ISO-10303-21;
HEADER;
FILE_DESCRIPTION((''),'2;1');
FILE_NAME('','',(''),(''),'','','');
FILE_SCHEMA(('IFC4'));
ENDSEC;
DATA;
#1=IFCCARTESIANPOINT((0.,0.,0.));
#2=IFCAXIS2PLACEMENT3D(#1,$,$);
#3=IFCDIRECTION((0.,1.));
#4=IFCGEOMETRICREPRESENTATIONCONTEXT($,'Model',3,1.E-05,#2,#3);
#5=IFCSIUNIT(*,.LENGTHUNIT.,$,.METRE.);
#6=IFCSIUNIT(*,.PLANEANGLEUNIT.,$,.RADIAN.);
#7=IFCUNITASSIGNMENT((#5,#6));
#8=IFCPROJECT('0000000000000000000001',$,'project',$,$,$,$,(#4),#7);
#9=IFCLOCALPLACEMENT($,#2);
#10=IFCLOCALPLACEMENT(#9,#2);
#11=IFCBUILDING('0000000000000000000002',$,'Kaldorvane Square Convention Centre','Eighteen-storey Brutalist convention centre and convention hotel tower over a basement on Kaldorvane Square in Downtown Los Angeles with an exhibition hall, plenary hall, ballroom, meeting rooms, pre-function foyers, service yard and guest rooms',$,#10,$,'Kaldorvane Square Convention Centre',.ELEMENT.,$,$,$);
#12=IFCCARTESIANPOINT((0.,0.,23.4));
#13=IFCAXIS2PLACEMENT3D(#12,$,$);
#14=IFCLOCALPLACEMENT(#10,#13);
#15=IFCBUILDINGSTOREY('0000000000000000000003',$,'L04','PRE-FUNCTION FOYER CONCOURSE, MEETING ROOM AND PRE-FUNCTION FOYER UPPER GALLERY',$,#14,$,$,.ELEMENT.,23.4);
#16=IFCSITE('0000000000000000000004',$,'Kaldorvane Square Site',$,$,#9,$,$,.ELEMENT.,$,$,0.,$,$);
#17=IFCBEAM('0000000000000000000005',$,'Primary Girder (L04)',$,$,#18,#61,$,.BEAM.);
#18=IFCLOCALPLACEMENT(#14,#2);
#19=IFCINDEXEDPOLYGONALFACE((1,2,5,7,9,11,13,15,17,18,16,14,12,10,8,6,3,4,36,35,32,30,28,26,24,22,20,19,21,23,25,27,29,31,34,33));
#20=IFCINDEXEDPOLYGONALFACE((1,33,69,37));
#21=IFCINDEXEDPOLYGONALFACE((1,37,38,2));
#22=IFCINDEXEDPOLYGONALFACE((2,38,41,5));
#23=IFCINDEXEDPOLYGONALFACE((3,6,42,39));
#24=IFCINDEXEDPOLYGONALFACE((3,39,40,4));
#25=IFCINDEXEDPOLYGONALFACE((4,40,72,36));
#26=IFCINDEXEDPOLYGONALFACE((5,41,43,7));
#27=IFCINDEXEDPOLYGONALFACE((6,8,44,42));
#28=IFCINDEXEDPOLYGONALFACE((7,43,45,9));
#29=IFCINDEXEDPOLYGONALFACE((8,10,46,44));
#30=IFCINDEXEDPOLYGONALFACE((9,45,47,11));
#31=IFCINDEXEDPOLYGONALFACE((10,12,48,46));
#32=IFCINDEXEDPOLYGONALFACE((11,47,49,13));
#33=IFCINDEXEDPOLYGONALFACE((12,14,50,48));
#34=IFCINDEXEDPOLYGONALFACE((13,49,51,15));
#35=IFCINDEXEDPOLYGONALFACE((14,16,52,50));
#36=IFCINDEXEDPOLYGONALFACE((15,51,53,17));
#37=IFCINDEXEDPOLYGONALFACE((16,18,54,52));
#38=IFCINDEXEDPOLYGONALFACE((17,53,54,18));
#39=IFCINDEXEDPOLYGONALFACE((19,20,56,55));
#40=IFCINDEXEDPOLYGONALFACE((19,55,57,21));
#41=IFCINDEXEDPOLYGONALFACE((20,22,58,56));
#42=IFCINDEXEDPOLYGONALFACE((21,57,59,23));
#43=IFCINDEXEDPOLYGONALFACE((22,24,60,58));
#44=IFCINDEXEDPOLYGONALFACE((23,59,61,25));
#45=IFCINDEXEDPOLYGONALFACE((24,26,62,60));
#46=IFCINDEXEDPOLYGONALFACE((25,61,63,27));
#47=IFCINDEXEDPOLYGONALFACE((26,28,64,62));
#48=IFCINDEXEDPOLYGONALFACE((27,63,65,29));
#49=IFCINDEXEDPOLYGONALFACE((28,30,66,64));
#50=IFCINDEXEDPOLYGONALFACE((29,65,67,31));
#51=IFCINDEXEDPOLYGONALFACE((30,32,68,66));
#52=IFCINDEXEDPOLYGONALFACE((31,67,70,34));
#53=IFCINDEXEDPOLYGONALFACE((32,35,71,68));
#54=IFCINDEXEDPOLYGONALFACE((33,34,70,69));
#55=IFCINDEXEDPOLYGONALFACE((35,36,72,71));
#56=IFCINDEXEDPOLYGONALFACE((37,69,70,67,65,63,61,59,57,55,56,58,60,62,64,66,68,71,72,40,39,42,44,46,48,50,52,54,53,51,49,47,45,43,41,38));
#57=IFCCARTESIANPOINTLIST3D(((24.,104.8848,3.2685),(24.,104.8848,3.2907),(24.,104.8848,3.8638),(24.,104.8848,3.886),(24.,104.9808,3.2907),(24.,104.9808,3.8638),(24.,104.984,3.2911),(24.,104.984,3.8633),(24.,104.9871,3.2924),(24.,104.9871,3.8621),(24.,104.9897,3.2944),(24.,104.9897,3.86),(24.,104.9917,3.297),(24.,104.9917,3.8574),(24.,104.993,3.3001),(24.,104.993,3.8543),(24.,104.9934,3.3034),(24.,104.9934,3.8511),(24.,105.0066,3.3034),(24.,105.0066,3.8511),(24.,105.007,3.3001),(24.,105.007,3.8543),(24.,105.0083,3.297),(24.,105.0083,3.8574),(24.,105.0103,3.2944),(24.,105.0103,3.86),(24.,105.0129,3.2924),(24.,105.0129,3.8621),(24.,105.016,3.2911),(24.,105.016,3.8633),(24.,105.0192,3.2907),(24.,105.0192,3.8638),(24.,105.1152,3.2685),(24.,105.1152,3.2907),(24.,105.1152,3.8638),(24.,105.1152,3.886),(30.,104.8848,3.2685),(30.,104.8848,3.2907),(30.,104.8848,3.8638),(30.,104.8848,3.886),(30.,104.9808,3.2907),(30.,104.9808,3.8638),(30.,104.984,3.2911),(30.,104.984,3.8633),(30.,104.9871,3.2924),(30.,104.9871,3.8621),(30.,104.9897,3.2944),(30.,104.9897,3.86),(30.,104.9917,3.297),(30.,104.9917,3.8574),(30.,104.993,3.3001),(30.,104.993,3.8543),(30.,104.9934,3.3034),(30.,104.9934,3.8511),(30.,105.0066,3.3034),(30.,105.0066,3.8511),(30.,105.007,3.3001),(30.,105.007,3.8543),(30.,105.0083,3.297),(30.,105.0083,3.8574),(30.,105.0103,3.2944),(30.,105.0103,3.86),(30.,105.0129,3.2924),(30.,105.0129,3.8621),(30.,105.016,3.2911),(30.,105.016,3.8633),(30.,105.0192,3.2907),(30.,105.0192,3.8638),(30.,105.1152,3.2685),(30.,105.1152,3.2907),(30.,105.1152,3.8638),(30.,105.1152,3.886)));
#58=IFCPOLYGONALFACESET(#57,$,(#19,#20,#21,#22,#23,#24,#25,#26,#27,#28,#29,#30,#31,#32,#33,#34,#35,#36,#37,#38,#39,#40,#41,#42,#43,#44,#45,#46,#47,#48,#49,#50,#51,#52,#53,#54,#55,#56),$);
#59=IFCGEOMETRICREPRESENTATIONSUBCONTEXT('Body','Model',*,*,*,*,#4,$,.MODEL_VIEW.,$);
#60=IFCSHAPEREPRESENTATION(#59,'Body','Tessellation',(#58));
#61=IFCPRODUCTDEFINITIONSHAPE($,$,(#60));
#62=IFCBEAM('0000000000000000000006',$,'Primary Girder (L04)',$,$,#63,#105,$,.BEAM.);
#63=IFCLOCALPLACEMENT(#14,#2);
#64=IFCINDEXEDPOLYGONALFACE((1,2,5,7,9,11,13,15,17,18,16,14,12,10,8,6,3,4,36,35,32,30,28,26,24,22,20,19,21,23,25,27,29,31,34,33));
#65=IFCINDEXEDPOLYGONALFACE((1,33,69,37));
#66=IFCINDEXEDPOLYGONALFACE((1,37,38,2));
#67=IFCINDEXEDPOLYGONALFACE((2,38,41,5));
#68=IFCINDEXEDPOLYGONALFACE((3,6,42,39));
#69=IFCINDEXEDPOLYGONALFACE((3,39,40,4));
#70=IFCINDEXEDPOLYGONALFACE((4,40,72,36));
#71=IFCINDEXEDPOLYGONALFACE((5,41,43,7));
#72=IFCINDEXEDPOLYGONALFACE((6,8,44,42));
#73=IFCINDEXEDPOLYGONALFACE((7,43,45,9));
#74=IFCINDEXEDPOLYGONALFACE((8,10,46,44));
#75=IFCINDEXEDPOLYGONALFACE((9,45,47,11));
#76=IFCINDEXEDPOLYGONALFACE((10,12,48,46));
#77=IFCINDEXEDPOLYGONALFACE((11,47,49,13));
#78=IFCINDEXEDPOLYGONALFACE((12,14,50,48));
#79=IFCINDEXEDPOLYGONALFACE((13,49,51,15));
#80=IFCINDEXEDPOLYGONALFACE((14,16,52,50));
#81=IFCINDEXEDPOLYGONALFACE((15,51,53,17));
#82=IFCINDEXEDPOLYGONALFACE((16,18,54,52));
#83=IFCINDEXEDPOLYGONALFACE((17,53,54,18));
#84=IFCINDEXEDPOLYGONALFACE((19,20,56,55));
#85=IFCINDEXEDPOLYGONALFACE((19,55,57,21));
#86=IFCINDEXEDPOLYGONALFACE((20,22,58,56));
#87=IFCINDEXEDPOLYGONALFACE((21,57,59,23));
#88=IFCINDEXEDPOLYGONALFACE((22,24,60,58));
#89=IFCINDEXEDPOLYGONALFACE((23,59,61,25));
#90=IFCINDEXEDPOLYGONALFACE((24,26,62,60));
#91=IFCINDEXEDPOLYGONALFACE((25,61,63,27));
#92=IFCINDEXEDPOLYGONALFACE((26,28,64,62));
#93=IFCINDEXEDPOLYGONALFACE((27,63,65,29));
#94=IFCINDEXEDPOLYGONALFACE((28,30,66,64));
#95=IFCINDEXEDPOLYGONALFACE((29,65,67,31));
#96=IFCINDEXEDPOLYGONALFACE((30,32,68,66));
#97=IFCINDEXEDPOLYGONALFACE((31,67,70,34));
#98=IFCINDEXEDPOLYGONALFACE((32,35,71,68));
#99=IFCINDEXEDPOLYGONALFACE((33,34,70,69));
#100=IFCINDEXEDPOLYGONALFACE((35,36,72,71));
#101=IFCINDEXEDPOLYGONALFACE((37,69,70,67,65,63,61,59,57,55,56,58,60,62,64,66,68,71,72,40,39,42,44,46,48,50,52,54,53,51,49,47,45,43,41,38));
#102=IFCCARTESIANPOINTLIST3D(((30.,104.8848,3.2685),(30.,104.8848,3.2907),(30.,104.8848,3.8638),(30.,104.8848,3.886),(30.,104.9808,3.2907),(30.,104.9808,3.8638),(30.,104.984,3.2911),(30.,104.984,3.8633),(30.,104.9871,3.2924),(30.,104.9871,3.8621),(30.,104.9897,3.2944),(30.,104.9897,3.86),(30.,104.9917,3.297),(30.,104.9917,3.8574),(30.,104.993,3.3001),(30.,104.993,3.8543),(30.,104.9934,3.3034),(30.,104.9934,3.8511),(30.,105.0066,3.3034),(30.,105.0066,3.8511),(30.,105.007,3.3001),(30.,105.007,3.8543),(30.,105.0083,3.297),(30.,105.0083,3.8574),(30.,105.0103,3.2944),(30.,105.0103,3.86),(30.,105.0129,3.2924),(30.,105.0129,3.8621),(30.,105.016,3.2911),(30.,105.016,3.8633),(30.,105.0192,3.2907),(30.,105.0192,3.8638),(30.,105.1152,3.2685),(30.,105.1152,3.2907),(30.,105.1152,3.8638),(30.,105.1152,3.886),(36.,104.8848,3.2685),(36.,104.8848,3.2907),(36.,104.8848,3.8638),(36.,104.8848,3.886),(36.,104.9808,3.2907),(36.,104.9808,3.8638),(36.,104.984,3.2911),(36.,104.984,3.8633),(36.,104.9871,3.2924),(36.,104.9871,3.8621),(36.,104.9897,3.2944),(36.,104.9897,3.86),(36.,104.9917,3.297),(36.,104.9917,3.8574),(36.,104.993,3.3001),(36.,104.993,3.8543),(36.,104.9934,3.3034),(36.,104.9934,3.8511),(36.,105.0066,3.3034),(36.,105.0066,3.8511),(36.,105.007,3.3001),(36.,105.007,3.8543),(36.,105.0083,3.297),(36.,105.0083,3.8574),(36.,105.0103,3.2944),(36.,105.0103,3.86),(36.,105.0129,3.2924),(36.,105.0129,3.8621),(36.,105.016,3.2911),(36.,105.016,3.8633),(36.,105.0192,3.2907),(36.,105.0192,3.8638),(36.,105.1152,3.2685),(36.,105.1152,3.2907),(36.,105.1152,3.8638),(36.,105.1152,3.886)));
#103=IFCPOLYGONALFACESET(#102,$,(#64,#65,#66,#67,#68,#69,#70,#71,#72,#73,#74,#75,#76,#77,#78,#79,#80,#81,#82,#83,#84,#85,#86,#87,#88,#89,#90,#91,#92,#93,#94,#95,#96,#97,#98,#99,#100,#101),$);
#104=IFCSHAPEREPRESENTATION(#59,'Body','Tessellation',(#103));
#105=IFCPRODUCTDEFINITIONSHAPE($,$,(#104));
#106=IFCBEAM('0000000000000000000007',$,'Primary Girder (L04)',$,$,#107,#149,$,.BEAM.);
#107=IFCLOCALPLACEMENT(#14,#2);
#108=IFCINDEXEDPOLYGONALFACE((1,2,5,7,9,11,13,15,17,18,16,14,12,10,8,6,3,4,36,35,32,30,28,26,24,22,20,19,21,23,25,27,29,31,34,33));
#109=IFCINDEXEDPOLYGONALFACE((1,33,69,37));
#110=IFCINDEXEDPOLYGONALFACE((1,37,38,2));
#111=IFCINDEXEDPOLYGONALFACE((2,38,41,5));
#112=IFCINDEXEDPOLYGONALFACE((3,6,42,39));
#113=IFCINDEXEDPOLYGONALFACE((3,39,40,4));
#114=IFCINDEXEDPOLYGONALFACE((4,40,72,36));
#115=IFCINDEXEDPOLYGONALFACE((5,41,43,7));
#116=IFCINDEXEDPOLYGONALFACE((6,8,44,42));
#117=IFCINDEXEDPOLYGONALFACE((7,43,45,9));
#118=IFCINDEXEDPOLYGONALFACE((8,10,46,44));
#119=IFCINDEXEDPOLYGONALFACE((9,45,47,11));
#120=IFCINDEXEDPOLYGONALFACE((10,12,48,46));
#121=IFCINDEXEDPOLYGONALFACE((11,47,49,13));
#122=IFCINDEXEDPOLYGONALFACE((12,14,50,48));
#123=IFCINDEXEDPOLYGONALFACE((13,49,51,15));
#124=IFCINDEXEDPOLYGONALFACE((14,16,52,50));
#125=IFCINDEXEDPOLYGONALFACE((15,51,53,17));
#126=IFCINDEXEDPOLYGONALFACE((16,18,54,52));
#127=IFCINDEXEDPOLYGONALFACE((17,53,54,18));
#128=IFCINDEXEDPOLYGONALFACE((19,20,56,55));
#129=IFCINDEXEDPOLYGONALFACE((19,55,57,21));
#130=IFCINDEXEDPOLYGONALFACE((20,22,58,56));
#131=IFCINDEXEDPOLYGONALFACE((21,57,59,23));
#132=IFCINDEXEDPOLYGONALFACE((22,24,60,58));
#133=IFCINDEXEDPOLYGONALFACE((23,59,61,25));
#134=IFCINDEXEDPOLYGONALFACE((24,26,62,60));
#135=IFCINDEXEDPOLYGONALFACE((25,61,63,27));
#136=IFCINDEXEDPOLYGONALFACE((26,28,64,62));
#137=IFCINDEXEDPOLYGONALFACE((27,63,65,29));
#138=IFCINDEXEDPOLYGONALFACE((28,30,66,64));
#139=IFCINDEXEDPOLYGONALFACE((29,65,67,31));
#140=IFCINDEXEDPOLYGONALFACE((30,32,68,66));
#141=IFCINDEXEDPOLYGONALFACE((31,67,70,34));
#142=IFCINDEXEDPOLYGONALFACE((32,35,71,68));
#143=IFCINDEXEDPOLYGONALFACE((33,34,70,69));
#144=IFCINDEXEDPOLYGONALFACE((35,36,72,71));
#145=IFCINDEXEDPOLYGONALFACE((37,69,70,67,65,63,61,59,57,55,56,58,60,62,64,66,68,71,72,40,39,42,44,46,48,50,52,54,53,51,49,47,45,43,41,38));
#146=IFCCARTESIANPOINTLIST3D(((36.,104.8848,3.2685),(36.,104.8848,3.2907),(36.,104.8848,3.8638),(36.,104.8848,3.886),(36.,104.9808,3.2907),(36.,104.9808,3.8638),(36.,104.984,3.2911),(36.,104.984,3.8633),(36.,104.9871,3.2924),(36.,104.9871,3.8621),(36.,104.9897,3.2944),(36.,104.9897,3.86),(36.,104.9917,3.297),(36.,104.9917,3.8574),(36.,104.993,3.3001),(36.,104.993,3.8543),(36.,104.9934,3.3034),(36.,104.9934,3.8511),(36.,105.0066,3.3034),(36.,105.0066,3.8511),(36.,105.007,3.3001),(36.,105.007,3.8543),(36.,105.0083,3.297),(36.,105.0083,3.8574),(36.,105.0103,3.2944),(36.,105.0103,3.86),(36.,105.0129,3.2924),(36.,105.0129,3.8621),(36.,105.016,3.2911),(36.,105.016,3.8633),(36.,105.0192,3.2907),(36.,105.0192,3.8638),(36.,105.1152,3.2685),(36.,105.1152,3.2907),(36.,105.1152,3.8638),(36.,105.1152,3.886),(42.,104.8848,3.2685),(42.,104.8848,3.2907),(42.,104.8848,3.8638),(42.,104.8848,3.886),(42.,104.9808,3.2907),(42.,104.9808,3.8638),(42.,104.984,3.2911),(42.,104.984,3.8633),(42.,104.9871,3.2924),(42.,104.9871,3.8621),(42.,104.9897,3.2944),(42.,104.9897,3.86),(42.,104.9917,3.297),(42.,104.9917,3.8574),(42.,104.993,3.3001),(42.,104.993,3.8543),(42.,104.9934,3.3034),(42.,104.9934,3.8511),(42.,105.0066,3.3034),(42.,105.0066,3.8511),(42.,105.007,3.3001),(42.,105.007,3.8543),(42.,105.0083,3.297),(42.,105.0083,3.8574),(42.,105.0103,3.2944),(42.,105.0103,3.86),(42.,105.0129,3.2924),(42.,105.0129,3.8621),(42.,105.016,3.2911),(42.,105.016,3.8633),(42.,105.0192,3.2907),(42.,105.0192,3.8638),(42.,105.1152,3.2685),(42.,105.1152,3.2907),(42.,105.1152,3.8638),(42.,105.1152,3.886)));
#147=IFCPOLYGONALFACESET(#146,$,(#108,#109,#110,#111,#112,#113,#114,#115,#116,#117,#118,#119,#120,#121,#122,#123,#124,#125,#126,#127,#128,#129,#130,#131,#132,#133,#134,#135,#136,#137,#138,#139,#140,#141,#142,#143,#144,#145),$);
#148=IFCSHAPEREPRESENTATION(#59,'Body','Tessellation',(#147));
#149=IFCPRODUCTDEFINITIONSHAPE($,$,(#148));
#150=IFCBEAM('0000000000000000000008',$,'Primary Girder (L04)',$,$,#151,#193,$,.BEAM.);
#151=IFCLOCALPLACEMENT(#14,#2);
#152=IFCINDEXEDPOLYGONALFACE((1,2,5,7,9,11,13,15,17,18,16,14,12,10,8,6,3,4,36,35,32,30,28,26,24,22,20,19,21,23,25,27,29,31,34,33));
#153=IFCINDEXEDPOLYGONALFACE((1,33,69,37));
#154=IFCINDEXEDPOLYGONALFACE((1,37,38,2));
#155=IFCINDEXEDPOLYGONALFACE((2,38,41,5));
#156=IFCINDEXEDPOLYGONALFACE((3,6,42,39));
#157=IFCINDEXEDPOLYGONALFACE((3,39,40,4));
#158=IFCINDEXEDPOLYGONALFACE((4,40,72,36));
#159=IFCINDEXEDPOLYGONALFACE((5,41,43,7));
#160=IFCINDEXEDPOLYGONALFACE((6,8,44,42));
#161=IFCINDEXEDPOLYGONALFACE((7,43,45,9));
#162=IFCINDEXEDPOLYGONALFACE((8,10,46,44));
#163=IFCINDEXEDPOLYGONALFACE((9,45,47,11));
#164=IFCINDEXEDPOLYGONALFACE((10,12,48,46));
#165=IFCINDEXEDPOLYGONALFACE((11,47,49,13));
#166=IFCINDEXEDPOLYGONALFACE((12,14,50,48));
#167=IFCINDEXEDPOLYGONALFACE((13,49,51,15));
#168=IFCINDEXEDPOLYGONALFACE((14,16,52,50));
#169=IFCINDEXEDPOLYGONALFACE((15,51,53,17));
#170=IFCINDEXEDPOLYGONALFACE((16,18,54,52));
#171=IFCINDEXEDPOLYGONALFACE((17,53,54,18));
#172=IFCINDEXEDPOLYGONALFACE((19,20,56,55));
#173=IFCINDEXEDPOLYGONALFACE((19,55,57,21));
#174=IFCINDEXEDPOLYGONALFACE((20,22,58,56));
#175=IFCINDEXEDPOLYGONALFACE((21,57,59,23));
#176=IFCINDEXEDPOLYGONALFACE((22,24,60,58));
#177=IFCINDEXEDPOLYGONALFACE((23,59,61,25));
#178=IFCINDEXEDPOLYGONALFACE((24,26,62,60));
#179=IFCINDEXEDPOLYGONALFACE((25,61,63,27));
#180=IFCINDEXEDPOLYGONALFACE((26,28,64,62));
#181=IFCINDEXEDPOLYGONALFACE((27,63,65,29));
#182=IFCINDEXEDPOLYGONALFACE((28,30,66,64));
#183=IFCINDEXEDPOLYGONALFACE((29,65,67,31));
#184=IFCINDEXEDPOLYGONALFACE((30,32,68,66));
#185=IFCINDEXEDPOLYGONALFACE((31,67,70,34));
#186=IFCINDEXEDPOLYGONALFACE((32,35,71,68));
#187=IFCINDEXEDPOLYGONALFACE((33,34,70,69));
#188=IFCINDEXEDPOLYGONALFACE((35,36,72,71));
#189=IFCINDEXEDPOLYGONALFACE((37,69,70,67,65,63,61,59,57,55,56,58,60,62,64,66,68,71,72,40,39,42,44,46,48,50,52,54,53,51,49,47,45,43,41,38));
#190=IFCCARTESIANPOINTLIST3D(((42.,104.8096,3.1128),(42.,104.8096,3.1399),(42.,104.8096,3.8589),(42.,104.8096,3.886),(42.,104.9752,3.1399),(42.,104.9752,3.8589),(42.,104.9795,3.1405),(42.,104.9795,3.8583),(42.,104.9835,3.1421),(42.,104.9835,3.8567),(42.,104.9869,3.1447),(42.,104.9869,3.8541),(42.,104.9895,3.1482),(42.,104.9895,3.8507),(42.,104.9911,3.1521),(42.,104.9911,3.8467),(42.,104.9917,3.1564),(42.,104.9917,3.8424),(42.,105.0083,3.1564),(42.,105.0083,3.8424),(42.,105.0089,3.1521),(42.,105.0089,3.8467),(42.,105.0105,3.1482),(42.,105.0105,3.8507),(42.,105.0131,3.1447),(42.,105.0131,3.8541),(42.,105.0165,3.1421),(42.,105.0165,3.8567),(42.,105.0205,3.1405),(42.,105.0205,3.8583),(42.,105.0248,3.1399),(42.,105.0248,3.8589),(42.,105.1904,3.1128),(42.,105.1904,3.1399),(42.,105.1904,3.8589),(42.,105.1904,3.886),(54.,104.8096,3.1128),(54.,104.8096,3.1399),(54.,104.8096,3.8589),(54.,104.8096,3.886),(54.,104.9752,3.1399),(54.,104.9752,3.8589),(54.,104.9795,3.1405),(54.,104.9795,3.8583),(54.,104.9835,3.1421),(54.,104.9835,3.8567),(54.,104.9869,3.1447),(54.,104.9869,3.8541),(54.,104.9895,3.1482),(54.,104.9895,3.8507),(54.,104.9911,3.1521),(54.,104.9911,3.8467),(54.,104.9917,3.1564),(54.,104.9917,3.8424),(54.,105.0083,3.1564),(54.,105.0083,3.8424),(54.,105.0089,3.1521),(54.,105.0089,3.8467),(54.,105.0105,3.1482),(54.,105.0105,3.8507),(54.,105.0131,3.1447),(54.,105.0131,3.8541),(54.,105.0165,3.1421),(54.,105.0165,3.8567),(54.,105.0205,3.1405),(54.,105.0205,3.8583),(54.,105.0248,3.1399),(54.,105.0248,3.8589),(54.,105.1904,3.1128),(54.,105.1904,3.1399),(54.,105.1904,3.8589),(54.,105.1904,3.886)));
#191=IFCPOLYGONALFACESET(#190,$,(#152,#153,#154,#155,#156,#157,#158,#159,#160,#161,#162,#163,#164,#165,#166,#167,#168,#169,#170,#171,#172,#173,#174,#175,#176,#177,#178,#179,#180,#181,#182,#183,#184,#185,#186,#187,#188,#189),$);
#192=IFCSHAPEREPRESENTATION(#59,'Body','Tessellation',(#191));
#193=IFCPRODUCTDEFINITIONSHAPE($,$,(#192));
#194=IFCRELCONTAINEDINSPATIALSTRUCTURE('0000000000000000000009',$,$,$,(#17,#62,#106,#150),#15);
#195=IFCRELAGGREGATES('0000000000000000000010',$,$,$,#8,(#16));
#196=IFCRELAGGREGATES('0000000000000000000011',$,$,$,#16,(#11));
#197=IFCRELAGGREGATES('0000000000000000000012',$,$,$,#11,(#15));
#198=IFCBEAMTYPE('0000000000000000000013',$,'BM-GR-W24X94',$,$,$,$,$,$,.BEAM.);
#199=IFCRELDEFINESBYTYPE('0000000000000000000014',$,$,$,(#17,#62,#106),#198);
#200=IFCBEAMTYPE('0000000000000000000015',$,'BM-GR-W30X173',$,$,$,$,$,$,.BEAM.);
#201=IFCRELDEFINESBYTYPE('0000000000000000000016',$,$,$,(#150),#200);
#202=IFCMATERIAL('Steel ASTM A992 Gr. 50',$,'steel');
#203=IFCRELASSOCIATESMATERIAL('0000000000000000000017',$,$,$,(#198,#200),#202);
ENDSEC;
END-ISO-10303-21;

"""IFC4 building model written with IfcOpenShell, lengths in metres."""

from ifc_helpers import new_model, si_unit, direction, frame, origin, origin_2d, place, context, subcontext, project, spatial, i_section, extrude, material, material_profile, profile_set, type_object, element, save


model = new_model("IFC4")

# Units and contexts
model_context = context("Model", 3, precision=1e-05, world=origin(), true_north=direction((0.0, 1.0)))
body_context = subcontext(model_context, "Body", "Model", "MODEL_VIEW")
ifc_project = project(units=[si_unit("LENGTHUNIT", "METRE"), si_unit("PLANEANGLEUNIT", "RADIAN")], contexts=[model_context])

# Site, building, storey
site_placement = place(None, origin())
site = spatial("IfcSite", under=ifc_project, at=site_placement, Name="Kaldorvane Square Site", CompositionType="ELEMENT", RefElevation=0.0)
building_placement = place(site_placement, origin())
building = spatial("IfcBuilding", under=site, at=building_placement, Name="Kaldorvane Square Convention Centre", Description="Eighteen-storey Brutalist convention centre and convention hotel tower over a basement on Kaldorvane Square in Downtown Los Angeles with an exhibition hall, plenary hall, ballroom, meeting rooms, pre-function foyers, service yard and guest rooms", LongName="Kaldorvane Square Convention Centre", CompositionType="ELEMENT")
storey_placement = place(building_placement, frame((0.0, 0.0, 23.4)))
storey = spatial("IfcBuildingStorey", under=building, at=storey_placement, Name="L04", Description="PRE-FUNCTION FOYER CONCOURSE, MEETING ROOM AND PRE-FUNCTION FOYER UPPER GALLERY", CompositionType="ELEMENT", Elevation=23.4)

# Shared definitions
ifc_material_1 = material(Name="Steel ASTM A992 Gr. 50", Category="steel")

# Beams
ifc_material_profile_1 = material_profile(ifc_material_1, i_section(OverallWidth=0.2303, OverallDepth=0.6175, WebThickness=0.0131, FlangeThickness=0.0222, FilletRadius=0.0127, at=origin_2d()), Name="W24X94")
ifc_profile_set_1 = profile_set([ifc_material_profile_1], Name="Steel ASTM A992 Gr. 50")
beam_type_1 = type_object("IfcBeamType", Name="BM-GR-W24X94", PredefinedType="BEAM", material=ifc_profile_set_1)
for number, where, z_axis, x_axis, name in (
    (1, (24.0, 105.0, 3.5772), (1.0, 0.0, 0.0), (0.0, 1.0, 0.0), "Primary Girder (L04)"),
    (2, (30.0, 105.0, 3.5772), (1.0, 0.0, 0.0), (0.0, 1.0, 0.0), "Primary Girder (L04)"),
    (3, (36.0, 105.0, 3.5772), (1.0, 0.0, 0.0), (0.0, 1.0, 0.0), "Primary Girder (L04)"),
):
    element("IfcBeam", number, at=place(storey_placement, frame(where, z_axis=z_axis, x_axis=x_axis)), inside=storey, type_object=beam_type_1, Name=name, PredefinedType="BEAM", context=body_context, shape_type="SweptSolid", body=[
        extrude(i_section(OverallWidth=0.2303, OverallDepth=0.6175, WebThickness=0.0131, FlangeThickness=0.0222, FilletRadius=0.0127, at=origin_2d()), origin(), (0.0, 0.0, 1.0), 6.0),
    ])
ifc_material_profile_2 = material_profile(ifc_material_1, i_section(OverallWidth=0.3807, OverallDepth=0.7732, WebThickness=0.0166, FlangeThickness=0.0271, FilletRadius=0.0165, at=origin_2d()), Name="W30X173")
ifc_profile_set_2 = profile_set([ifc_material_profile_2], Name="Steel ASTM A992 Gr. 50")
beam_type_2 = type_object("IfcBeamType", Name="BM-GR-W30X173", PredefinedType="BEAM", material=ifc_profile_set_2)
beam_1_placement = place(storey_placement, frame((42.0, 105.0, 3.4994), z_axis=(1.0, 0.0, 0.0), x_axis=(0.0, 1.0, 0.0)))
element("IfcBeam", 4, at=beam_1_placement, inside=storey, type_object=beam_type_2, Name="Primary Girder (L04)", PredefinedType="BEAM", context=body_context, shape_type="SweptSolid", body=[
    extrude(i_section(OverallWidth=0.3807, OverallDepth=0.7732, WebThickness=0.0166, FlangeThickness=0.0271, FilletRadius=0.0165, at=origin_2d()), origin(), (0.0, 0.0, 1.0), 12.0),
])

save(model, "model.ifc")
